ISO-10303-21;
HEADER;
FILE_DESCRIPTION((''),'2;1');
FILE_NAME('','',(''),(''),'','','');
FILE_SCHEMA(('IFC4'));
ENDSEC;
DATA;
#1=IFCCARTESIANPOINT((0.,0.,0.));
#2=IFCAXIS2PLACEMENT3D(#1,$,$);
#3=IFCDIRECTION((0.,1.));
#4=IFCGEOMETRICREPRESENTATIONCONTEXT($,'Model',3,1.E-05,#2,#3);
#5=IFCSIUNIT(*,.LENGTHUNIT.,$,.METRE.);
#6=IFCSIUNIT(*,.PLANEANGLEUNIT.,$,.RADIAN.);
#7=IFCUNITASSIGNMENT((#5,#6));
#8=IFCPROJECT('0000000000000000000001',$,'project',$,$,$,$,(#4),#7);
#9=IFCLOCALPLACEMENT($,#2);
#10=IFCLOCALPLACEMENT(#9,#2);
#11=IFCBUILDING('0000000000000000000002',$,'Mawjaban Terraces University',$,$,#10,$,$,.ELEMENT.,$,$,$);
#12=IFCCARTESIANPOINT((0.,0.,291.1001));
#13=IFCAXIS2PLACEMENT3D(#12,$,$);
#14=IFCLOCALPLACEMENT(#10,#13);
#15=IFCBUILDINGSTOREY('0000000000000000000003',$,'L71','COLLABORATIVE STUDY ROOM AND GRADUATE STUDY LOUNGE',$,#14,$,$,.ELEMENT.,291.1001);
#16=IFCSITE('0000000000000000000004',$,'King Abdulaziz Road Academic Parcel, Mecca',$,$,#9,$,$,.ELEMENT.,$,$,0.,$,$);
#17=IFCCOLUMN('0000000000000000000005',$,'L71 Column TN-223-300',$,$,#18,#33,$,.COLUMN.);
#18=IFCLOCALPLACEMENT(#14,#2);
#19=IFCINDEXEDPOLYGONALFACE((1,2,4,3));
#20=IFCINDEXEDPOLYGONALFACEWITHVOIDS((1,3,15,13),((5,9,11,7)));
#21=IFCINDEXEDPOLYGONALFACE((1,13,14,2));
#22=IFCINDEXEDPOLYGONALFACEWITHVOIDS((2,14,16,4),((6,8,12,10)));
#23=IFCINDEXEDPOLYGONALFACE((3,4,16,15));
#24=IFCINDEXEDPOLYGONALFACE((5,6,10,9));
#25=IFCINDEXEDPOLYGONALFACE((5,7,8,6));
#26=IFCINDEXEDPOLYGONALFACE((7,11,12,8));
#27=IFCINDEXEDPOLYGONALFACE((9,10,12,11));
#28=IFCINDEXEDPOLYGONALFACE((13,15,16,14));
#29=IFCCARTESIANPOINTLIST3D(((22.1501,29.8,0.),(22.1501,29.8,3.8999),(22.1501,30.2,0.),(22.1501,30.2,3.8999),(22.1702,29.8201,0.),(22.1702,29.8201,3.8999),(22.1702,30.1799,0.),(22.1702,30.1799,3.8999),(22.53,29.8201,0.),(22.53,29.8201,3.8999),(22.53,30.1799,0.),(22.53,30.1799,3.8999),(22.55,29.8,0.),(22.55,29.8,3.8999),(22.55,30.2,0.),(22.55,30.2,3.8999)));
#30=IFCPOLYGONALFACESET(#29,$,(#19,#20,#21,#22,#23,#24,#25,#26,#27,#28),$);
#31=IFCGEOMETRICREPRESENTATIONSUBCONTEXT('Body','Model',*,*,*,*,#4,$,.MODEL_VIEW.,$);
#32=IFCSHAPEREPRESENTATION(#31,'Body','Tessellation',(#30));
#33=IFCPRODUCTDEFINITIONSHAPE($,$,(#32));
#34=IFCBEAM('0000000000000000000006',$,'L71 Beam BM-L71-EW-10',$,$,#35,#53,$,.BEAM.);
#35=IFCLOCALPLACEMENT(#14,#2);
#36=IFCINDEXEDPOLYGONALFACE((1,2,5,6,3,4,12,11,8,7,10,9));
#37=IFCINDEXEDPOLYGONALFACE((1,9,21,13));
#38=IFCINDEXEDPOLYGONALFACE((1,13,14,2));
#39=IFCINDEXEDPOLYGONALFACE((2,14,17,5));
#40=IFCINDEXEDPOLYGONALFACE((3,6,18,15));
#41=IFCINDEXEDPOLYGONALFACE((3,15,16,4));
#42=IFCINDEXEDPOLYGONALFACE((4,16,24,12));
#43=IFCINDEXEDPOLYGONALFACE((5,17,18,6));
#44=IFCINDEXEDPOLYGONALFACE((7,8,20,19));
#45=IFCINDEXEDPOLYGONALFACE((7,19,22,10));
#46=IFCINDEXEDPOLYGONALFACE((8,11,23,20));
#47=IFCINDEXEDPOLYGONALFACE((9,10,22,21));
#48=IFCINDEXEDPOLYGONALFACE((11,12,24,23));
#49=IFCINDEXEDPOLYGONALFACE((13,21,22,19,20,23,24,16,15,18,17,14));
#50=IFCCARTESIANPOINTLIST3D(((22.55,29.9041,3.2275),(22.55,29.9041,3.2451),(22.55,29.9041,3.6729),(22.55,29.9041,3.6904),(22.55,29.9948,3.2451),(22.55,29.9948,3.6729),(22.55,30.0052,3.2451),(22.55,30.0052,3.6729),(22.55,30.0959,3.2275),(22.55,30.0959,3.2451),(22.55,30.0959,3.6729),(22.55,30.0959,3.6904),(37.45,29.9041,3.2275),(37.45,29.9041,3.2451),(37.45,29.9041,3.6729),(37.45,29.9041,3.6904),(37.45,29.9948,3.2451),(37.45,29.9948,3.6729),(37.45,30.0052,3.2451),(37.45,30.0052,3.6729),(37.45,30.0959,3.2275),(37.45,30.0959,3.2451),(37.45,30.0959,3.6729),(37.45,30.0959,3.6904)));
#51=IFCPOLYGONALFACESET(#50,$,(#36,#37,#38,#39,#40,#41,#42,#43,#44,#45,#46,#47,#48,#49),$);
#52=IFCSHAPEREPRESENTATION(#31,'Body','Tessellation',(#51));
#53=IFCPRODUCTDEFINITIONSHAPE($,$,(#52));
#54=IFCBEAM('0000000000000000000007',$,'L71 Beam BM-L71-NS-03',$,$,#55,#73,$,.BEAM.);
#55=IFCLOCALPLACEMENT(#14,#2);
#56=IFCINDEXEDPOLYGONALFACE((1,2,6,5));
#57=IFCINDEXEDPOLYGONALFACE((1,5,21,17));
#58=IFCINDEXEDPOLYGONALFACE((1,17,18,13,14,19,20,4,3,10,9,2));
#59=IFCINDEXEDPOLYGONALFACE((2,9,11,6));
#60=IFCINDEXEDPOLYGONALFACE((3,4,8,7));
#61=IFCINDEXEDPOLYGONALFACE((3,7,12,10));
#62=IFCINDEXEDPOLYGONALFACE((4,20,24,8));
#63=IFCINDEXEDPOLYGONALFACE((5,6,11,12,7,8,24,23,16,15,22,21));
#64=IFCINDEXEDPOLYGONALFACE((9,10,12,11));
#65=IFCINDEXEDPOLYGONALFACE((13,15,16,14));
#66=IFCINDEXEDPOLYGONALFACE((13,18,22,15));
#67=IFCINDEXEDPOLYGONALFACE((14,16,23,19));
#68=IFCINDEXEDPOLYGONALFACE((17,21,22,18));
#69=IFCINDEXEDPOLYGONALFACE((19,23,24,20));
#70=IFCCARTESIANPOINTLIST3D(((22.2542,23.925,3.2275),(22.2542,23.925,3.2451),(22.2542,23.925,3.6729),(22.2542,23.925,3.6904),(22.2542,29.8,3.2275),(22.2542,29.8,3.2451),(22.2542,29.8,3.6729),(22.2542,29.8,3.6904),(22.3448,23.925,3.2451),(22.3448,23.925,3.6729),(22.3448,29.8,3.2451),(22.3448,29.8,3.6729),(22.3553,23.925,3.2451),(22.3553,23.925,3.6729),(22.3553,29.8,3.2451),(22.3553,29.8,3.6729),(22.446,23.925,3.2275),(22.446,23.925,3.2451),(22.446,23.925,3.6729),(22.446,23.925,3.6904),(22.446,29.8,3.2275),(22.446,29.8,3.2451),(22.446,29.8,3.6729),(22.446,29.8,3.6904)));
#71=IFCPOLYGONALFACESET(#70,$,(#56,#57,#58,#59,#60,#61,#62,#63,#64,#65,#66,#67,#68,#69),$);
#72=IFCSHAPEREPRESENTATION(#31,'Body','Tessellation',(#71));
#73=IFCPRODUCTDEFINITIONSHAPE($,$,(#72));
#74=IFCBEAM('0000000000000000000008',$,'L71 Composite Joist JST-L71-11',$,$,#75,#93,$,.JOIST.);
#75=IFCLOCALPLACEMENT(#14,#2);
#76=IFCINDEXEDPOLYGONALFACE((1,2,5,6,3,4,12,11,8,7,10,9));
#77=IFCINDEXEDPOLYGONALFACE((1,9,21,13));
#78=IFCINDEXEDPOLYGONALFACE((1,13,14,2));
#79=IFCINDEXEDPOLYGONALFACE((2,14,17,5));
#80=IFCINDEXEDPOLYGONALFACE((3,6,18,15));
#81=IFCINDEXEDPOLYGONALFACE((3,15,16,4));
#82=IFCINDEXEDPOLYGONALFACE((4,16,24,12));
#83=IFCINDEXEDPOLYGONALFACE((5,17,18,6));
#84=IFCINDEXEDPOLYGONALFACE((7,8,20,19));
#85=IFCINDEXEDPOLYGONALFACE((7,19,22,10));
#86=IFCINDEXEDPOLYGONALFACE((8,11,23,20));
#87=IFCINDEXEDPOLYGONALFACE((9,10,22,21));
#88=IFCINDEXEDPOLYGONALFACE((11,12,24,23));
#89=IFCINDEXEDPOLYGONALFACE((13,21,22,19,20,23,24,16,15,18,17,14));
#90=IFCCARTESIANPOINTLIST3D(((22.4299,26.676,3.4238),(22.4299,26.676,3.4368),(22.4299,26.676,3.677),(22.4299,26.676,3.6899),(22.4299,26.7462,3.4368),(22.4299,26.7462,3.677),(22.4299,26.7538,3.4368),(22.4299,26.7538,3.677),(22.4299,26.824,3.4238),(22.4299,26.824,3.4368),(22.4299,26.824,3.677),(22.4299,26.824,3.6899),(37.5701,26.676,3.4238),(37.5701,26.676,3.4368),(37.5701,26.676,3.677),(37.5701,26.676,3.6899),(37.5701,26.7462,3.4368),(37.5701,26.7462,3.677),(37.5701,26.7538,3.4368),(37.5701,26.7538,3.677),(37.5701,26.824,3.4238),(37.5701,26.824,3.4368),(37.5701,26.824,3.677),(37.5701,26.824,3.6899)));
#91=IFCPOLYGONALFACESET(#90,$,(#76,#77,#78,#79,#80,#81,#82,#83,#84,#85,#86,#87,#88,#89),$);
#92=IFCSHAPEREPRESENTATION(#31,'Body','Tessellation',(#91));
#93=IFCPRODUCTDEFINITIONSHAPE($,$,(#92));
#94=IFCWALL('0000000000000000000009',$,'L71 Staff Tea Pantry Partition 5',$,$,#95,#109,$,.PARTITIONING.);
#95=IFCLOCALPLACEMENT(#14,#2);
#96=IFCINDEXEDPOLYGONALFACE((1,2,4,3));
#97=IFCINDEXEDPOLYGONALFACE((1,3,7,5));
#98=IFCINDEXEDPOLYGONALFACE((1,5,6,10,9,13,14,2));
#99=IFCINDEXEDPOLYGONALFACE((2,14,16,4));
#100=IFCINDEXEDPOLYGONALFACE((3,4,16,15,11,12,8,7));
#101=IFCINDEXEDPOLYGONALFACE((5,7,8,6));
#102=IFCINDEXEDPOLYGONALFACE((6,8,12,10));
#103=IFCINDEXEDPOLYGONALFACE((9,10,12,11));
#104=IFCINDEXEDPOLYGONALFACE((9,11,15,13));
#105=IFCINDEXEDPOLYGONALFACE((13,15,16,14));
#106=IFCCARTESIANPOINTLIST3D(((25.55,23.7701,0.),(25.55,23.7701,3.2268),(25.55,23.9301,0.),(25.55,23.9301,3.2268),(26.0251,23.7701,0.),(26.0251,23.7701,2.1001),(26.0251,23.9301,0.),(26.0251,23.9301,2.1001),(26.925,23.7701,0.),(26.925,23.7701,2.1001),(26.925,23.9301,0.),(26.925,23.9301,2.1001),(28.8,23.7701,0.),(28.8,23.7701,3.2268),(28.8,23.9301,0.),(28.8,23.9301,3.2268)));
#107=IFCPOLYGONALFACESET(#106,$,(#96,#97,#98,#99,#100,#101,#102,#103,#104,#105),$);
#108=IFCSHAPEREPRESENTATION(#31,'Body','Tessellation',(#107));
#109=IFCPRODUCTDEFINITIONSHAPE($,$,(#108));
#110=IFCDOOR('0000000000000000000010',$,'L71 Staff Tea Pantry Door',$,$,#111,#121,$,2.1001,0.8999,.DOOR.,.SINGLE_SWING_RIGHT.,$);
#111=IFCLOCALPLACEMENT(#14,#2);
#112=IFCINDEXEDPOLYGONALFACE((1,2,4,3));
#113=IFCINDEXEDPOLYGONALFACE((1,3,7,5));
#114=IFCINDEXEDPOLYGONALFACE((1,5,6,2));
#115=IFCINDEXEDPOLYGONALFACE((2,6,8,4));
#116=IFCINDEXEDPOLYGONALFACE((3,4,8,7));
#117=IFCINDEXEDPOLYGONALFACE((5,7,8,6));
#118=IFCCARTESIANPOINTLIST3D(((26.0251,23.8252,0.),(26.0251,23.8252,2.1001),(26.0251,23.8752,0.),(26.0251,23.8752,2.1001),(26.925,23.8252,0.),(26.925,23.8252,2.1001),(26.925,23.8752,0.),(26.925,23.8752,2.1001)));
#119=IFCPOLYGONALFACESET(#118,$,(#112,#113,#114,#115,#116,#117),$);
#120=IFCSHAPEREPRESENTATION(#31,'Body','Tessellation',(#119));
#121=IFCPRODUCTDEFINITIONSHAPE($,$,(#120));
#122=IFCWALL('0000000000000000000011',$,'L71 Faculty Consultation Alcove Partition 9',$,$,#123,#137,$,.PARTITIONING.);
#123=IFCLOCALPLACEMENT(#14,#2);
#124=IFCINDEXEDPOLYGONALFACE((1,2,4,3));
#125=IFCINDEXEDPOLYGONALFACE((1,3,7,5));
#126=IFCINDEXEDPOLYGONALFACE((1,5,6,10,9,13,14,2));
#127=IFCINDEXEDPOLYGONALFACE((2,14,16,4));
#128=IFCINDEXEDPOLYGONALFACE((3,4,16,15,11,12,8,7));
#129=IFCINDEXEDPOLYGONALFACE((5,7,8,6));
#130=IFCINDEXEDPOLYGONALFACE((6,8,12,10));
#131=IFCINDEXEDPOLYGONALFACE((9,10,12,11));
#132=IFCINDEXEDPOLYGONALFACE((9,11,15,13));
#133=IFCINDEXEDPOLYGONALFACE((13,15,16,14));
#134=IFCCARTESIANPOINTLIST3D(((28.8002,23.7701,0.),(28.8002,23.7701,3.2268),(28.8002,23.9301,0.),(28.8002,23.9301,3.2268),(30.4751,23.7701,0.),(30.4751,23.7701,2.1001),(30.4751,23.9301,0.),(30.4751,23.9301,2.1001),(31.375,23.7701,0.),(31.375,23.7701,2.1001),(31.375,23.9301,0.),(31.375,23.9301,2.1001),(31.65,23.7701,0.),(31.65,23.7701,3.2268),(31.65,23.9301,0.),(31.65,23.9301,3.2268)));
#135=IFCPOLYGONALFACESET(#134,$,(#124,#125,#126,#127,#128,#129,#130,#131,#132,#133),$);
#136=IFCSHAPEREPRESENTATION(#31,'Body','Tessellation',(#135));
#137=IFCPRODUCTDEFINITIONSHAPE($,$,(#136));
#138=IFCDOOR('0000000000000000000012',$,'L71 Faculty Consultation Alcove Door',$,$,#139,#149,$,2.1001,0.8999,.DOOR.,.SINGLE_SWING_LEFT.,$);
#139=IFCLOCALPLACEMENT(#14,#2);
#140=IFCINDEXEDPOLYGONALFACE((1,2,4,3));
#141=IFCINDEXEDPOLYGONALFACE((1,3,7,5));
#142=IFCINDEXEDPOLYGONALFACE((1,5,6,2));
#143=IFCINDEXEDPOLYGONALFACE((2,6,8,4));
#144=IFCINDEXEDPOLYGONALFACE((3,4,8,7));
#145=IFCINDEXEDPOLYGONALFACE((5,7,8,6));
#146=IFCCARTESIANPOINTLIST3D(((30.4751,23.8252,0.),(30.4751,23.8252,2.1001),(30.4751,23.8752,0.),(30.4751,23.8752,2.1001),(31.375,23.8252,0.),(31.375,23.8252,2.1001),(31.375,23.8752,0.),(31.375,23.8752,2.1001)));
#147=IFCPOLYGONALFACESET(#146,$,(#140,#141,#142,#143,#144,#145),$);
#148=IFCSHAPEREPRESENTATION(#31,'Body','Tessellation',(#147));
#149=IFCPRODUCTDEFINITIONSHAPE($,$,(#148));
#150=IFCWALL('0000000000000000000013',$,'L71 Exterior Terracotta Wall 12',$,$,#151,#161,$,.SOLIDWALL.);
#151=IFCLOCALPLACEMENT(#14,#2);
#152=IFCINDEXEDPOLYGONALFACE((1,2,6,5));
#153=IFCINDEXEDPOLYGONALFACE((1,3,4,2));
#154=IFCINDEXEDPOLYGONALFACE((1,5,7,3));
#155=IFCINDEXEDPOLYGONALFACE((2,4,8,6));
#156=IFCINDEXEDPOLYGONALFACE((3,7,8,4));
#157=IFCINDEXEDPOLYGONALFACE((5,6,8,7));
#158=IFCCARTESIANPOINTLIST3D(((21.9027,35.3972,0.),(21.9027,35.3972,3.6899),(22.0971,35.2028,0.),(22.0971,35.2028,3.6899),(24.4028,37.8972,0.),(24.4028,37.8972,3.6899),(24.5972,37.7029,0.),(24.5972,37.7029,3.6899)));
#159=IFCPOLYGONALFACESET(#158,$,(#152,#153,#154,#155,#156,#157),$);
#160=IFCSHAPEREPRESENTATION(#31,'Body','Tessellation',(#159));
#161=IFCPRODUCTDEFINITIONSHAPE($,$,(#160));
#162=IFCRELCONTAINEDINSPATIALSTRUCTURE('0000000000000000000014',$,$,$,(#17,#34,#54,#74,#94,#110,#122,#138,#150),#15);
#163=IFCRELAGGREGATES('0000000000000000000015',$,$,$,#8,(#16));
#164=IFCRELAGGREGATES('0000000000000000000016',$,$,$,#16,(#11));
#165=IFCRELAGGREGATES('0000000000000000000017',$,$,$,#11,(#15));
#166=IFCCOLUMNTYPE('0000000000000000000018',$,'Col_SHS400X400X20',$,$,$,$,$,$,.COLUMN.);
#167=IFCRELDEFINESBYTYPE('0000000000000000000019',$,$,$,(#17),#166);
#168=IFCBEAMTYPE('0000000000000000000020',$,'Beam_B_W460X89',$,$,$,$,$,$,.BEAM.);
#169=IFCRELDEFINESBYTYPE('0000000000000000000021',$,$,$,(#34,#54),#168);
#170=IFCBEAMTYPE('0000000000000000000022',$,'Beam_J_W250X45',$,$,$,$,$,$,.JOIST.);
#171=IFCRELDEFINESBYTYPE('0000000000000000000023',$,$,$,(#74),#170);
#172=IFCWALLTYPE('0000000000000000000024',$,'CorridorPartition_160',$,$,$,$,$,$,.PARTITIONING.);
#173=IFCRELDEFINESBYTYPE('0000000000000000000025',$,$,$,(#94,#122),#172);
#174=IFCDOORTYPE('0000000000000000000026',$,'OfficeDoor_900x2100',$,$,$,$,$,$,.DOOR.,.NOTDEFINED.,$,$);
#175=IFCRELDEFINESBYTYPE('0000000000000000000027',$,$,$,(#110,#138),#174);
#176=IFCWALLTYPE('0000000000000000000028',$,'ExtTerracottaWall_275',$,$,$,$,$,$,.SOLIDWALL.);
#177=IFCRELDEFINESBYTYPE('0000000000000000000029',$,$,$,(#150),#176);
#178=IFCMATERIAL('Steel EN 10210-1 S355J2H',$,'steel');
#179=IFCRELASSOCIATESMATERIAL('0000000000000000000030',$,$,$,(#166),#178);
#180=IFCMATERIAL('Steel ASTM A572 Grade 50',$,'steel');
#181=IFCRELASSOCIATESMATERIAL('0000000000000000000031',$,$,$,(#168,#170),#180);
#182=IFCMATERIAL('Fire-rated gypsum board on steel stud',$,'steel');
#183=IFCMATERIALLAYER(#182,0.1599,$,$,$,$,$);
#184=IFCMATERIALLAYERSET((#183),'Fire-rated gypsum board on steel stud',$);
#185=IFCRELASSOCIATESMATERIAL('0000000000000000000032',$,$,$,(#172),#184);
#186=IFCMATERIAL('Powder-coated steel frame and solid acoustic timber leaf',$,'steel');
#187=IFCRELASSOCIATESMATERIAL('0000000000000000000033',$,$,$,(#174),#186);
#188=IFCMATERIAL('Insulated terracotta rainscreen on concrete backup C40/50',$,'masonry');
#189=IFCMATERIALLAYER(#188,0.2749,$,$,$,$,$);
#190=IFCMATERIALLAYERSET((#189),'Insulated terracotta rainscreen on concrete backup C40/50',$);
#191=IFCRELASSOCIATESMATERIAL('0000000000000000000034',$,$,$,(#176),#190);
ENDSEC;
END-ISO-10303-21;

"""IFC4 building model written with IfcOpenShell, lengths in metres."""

from ifc_helpers import new_model, si_unit, direction, frame, frame_2d, origin, origin_2d, place, context, subcontext, project, spatial, rectangle, hollow_rectangle, i_section, extrude, material, layer, layer_set, material_profile, profile_set, type_object, element, fill, save


model = new_model("IFC4")

# Units and contexts
model_context = context("Model", 3, precision=1e-05, world=origin(), true_north=direction((0.0, 1.0)))
body_context = subcontext(model_context, "Body", "Model", "MODEL_VIEW")
ifc_project = project(units=[si_unit("LENGTHUNIT", "METRE"), si_unit("PLANEANGLEUNIT", "RADIAN")], contexts=[model_context])

# Site, building, storey
site_placement = place(None, origin())
site = spatial("IfcSite", under=ifc_project, at=site_placement, Name="King Abdulaziz Road Academic Parcel, Mecca", CompositionType="ELEMENT", RefElevation=0.0)
building_placement = place(site_placement, origin())
building = spatial("IfcBuilding", under=site, at=building_placement, Name="Mawjaban Terraces University", CompositionType="ELEMENT")
storey_placement = place(building_placement, frame((0.0, 0.0, 291.1001)))
storey = spatial("IfcBuildingStorey", under=building, at=storey_placement, Name="L71", Description="COLLABORATIVE STUDY ROOM AND GRADUATE STUDY LOUNGE", CompositionType="ELEMENT", Elevation=291.1001)

# Column
ifc_material_1 = material(Name="Steel EN 10210-1 S355J2H", Category="steel")
ifc_material_profile_1 = material_profile(ifc_material_1, hollow_rectangle(XDim=0.3999, YDim=0.3999, WallThickness=0.02, at=origin_2d()), Name="SHS400X400X20")
ifc_profile_set_1 = profile_set([ifc_material_profile_1], Name="Steel EN 10210-1 S355J2H")
column_type = type_object("IfcColumnType", Name="Col_SHS400X400X20", PredefinedType="COLUMN", material=ifc_profile_set_1)
column_placement = place(storey_placement, frame((22.3501, 30.0, 0.0), z_axis=(0.0, 0.0, 1.0), x_axis=(1.0, 0.0, 0.0)))
element("IfcColumn", 1, at=column_placement, inside=storey, type_object=column_type, Name="L71 Column TN-223-300", PredefinedType="COLUMN", context=body_context, shape_type="SweptSolid", body=[
    extrude(hollow_rectangle(XDim=0.3999, YDim=0.3999, WallThickness=0.02, at=origin_2d()), origin(), (0.0, 0.0, 1.0), 3.8999),
])

# Beams
ifc_material_2 = material(Name="Steel ASTM A572 Grade 50", Category="steel")
ifc_material_profile_2 = material_profile(ifc_material_2, i_section(OverallWidth=0.1919, OverallDepth=0.4629, WebThickness=0.0105, FlangeThickness=0.0176, at=origin_2d()), Name="W460X89")
ifc_profile_set_2 = profile_set([ifc_material_profile_2], Name="Steel ASTM A572 Grade 50")
beam_type_1 = type_object("IfcBeamType", Name="Beam_B_W460X89", PredefinedType="BEAM", material=ifc_profile_set_2)
beam_1_placement = place(storey_placement, frame((22.55, 30.0, 3.459), z_axis=(1.0, 0.0, 0.0), x_axis=(0.0, 1.0, 0.0)))
element("IfcBeam", 2, at=beam_1_placement, inside=storey, type_object=beam_type_1, Name="L71 Beam BM-L71-EW-10", PredefinedType="BEAM", context=body_context, shape_type="SweptSolid", body=[
    extrude(i_section(OverallWidth=0.1919, OverallDepth=0.4629, WebThickness=0.0105, FlangeThickness=0.0176, at=origin_2d()), origin(), (0.0, 0.0, 1.0), 14.8999),
])
beam_2_placement = place(storey_placement, frame((22.3501, 23.925, 3.459), z_axis=(0.0, 1.0, 0.0), x_axis=(-1.0, 0.0, 0.0)))
element("IfcBeam", 3, at=beam_2_placement, inside=storey, type_object=beam_type_1, Name="L71 Beam BM-L71-NS-03", PredefinedType="BEAM", context=body_context, shape_type="SweptSolid", body=[
    extrude(i_section(OverallWidth=0.1919, OverallDepth=0.4629, WebThickness=0.0105, FlangeThickness=0.0176, at=origin_2d()), origin(), (0.0, 0.0, 1.0), 5.875),
])
ifc_material_profile_3 = material_profile(ifc_material_2, i_section(OverallWidth=0.1479, OverallDepth=0.2661, WebThickness=0.0076, FlangeThickness=0.0129, at=origin_2d()), Name="W250X45")
ifc_profile_set_3 = profile_set([ifc_material_profile_3], Name="Steel ASTM A572 Grade 50")
beam_type_2 = type_object("IfcBeamType", Name="Beam_J_W250X45", PredefinedType="JOIST", material=ifc_profile_set_3)
beam_3_placement = place(storey_placement, frame((22.4299, 26.75, 3.5569), z_axis=(1.0, 0.0, 0.0), x_axis=(0.0, 1.0, 0.0)))
element("IfcBeam", 4, at=beam_3_placement, inside=storey, type_object=beam_type_2, Name="L71 Composite Joist JST-L71-11", PredefinedType="JOIST", context=body_context, shape_type="SweptSolid", body=[
    extrude(i_section(OverallWidth=0.1479, OverallDepth=0.2661, WebThickness=0.0076, FlangeThickness=0.0129, at=origin_2d()), origin(), (0.0, 0.0, 1.0), 15.1401),
])

# Walls, openings, doors
ifc_material_3 = material(Name="Fire-rated gypsum board on steel stud", Category="steel")
ifc_layer_1 = layer(ifc_material_3, 0.1599)
ifc_layer_set_1 = layer_set([ifc_layer_1], Name="Fire-rated gypsum board on steel stud")
wall_type_1 = type_object("IfcWallType", Name="CorridorPartition_160", PredefinedType="PARTITIONING", material=ifc_layer_set_1)
wall_1_placement = place(storey_placement, frame((28.8, 23.8501, 0.0), z_axis=(0.0, 0.0, 1.0), x_axis=(-1.0, 0.0, 0.0)))
wall_1 = element("IfcWall", 5, at=wall_1_placement, inside=storey, type_object=wall_type_1, Name="L71 Staff Tea Pantry Partition 5", PredefinedType="PARTITIONING", context=body_context, shape_type="SweptSolid", body=[
    extrude(rectangle(XDim=3.25, YDim=0.1599, at=frame_2d((1.625, 0.0))), origin(), (0.0, 0.0, 1.0), 3.2268),
])
opening_1_placement = place(wall_1_placement, frame((1.875, 0.0, 0.0)))
opening_1 = element("IfcOpeningElement", 6, at=opening_1_placement, cuts=wall_1, PredefinedType="OPENING", context=body_context, shape_type="SweptSolid", body=[
    extrude(rectangle(XDim=0.8999, YDim=2.1001, at=frame_2d((0.45, 1.05))), frame((0.0, 0.0898, 0.0), z_axis=(0.0, -1.0, 0.0), x_axis=(1.0, 0.0, 0.0)), (0.0, 0.0, 1.0), 0.1799),
])
ifc_material_4 = material(Name="Powder-coated steel frame and solid acoustic timber leaf", Category="steel")
door_type_1 = type_object("IfcDoorType", Name="OfficeDoor_900x2100", OperationType="NOTDEFINED", PredefinedType="DOOR", material=ifc_material_4)
door_1_placement = place(opening_1_placement, origin())
door_1 = element("IfcDoor", 7, at=door_1_placement, inside=storey, type_object=door_type_1, Name="L71 Staff Tea Pantry Door", OperationType="SINGLE_SWING_RIGHT", OverallHeight=2.1001, OverallWidth=0.8999, PredefinedType="DOOR", context=body_context, shape_type="SweptSolid", body=[
    extrude(rectangle(XDim=0.8999, YDim=2.1001, at=frame_2d((0.45, 1.05))), frame((0.0, 0.0249, 0.0), z_axis=(0.0, -1.0, 0.0), x_axis=(1.0, 0.0, 0.0)), (0.0, 0.0, 1.0), 0.05),
])
fill(opening_1, door_1)
wall_2_placement = place(storey_placement, frame((31.6499, 23.8501, 0.0), z_axis=(0.0, 0.0, 1.0), x_axis=(-1.0, 0.0, 0.0)))
wall_2 = element("IfcWall", 8, at=wall_2_placement, inside=storey, type_object=wall_type_1, Name="L71 Faculty Consultation Alcove Partition 9", PredefinedType="PARTITIONING", context=body_context, shape_type="SweptSolid", body=[
    extrude(rectangle(XDim=2.8499, YDim=0.1599, at=frame_2d((1.4248, 0.0))), origin(), (0.0, 0.0, 1.0), 3.2268),
])
opening_2_placement = place(wall_2_placement, frame((0.2749, 0.0, 0.0)))
opening_2 = element("IfcOpeningElement", 9, at=opening_2_placement, cuts=wall_2, PredefinedType="OPENING", context=body_context, shape_type="SweptSolid", body=[
    extrude(rectangle(XDim=0.8999, YDim=2.1001, at=frame_2d((0.45, 1.05))), frame((0.0, 0.0898, 0.0), z_axis=(0.0, -1.0, 0.0), x_axis=(1.0, 0.0, 0.0)), (0.0, 0.0, 1.0), 0.1799),
])
door_2_placement = place(opening_2_placement, origin())
door_2 = element("IfcDoor", 10, at=door_2_placement, inside=storey, type_object=door_type_1, Name="L71 Faculty Consultation Alcove Door", OperationType="SINGLE_SWING_LEFT", OverallHeight=2.1001, OverallWidth=0.8999, PredefinedType="DOOR", context=body_context, shape_type="SweptSolid", body=[
    extrude(rectangle(XDim=0.8999, YDim=2.1001, at=frame_2d((0.45, 1.05))), frame((0.0, 0.0249, 0.0), z_axis=(0.0, -1.0, 0.0), x_axis=(1.0, 0.0, 0.0)), (0.0, 0.0, 1.0), 0.05),
])
fill(opening_2, door_2)

# Wall
ifc_material_5 = material(Name="Insulated terracotta rainscreen on concrete backup C40/50", Category="masonry")
ifc_layer_2 = layer(ifc_material_5, 0.2749)
ifc_layer_set_2 = layer_set([ifc_layer_2], Name="Insulated terracotta rainscreen on concrete backup C40/50")
wall_type_2 = type_object("IfcWallType", Name="ExtTerracottaWall_275", PredefinedType="SOLIDWALL", material=ifc_layer_set_2)
wall_3_placement = place(storey_placement, frame((24.5, 37.8, 0.0), z_axis=(0.0, 0.0, 1.0), x_axis=(-0.707107, -0.707107, 0.0)))
element("IfcWall", 11, at=wall_3_placement, inside=storey, type_object=wall_type_2, Name="L71 Exterior Terracotta Wall 12", PredefinedType="SOLIDWALL", context=body_context, shape_type="SweptSolid", body=[
    extrude(rectangle(XDim=3.5356, YDim=0.2749, at=frame_2d((1.7678, 0.0))), origin(), (0.0, 0.0, 1.0), 3.6899),
])

save(model, "model.ifc")
